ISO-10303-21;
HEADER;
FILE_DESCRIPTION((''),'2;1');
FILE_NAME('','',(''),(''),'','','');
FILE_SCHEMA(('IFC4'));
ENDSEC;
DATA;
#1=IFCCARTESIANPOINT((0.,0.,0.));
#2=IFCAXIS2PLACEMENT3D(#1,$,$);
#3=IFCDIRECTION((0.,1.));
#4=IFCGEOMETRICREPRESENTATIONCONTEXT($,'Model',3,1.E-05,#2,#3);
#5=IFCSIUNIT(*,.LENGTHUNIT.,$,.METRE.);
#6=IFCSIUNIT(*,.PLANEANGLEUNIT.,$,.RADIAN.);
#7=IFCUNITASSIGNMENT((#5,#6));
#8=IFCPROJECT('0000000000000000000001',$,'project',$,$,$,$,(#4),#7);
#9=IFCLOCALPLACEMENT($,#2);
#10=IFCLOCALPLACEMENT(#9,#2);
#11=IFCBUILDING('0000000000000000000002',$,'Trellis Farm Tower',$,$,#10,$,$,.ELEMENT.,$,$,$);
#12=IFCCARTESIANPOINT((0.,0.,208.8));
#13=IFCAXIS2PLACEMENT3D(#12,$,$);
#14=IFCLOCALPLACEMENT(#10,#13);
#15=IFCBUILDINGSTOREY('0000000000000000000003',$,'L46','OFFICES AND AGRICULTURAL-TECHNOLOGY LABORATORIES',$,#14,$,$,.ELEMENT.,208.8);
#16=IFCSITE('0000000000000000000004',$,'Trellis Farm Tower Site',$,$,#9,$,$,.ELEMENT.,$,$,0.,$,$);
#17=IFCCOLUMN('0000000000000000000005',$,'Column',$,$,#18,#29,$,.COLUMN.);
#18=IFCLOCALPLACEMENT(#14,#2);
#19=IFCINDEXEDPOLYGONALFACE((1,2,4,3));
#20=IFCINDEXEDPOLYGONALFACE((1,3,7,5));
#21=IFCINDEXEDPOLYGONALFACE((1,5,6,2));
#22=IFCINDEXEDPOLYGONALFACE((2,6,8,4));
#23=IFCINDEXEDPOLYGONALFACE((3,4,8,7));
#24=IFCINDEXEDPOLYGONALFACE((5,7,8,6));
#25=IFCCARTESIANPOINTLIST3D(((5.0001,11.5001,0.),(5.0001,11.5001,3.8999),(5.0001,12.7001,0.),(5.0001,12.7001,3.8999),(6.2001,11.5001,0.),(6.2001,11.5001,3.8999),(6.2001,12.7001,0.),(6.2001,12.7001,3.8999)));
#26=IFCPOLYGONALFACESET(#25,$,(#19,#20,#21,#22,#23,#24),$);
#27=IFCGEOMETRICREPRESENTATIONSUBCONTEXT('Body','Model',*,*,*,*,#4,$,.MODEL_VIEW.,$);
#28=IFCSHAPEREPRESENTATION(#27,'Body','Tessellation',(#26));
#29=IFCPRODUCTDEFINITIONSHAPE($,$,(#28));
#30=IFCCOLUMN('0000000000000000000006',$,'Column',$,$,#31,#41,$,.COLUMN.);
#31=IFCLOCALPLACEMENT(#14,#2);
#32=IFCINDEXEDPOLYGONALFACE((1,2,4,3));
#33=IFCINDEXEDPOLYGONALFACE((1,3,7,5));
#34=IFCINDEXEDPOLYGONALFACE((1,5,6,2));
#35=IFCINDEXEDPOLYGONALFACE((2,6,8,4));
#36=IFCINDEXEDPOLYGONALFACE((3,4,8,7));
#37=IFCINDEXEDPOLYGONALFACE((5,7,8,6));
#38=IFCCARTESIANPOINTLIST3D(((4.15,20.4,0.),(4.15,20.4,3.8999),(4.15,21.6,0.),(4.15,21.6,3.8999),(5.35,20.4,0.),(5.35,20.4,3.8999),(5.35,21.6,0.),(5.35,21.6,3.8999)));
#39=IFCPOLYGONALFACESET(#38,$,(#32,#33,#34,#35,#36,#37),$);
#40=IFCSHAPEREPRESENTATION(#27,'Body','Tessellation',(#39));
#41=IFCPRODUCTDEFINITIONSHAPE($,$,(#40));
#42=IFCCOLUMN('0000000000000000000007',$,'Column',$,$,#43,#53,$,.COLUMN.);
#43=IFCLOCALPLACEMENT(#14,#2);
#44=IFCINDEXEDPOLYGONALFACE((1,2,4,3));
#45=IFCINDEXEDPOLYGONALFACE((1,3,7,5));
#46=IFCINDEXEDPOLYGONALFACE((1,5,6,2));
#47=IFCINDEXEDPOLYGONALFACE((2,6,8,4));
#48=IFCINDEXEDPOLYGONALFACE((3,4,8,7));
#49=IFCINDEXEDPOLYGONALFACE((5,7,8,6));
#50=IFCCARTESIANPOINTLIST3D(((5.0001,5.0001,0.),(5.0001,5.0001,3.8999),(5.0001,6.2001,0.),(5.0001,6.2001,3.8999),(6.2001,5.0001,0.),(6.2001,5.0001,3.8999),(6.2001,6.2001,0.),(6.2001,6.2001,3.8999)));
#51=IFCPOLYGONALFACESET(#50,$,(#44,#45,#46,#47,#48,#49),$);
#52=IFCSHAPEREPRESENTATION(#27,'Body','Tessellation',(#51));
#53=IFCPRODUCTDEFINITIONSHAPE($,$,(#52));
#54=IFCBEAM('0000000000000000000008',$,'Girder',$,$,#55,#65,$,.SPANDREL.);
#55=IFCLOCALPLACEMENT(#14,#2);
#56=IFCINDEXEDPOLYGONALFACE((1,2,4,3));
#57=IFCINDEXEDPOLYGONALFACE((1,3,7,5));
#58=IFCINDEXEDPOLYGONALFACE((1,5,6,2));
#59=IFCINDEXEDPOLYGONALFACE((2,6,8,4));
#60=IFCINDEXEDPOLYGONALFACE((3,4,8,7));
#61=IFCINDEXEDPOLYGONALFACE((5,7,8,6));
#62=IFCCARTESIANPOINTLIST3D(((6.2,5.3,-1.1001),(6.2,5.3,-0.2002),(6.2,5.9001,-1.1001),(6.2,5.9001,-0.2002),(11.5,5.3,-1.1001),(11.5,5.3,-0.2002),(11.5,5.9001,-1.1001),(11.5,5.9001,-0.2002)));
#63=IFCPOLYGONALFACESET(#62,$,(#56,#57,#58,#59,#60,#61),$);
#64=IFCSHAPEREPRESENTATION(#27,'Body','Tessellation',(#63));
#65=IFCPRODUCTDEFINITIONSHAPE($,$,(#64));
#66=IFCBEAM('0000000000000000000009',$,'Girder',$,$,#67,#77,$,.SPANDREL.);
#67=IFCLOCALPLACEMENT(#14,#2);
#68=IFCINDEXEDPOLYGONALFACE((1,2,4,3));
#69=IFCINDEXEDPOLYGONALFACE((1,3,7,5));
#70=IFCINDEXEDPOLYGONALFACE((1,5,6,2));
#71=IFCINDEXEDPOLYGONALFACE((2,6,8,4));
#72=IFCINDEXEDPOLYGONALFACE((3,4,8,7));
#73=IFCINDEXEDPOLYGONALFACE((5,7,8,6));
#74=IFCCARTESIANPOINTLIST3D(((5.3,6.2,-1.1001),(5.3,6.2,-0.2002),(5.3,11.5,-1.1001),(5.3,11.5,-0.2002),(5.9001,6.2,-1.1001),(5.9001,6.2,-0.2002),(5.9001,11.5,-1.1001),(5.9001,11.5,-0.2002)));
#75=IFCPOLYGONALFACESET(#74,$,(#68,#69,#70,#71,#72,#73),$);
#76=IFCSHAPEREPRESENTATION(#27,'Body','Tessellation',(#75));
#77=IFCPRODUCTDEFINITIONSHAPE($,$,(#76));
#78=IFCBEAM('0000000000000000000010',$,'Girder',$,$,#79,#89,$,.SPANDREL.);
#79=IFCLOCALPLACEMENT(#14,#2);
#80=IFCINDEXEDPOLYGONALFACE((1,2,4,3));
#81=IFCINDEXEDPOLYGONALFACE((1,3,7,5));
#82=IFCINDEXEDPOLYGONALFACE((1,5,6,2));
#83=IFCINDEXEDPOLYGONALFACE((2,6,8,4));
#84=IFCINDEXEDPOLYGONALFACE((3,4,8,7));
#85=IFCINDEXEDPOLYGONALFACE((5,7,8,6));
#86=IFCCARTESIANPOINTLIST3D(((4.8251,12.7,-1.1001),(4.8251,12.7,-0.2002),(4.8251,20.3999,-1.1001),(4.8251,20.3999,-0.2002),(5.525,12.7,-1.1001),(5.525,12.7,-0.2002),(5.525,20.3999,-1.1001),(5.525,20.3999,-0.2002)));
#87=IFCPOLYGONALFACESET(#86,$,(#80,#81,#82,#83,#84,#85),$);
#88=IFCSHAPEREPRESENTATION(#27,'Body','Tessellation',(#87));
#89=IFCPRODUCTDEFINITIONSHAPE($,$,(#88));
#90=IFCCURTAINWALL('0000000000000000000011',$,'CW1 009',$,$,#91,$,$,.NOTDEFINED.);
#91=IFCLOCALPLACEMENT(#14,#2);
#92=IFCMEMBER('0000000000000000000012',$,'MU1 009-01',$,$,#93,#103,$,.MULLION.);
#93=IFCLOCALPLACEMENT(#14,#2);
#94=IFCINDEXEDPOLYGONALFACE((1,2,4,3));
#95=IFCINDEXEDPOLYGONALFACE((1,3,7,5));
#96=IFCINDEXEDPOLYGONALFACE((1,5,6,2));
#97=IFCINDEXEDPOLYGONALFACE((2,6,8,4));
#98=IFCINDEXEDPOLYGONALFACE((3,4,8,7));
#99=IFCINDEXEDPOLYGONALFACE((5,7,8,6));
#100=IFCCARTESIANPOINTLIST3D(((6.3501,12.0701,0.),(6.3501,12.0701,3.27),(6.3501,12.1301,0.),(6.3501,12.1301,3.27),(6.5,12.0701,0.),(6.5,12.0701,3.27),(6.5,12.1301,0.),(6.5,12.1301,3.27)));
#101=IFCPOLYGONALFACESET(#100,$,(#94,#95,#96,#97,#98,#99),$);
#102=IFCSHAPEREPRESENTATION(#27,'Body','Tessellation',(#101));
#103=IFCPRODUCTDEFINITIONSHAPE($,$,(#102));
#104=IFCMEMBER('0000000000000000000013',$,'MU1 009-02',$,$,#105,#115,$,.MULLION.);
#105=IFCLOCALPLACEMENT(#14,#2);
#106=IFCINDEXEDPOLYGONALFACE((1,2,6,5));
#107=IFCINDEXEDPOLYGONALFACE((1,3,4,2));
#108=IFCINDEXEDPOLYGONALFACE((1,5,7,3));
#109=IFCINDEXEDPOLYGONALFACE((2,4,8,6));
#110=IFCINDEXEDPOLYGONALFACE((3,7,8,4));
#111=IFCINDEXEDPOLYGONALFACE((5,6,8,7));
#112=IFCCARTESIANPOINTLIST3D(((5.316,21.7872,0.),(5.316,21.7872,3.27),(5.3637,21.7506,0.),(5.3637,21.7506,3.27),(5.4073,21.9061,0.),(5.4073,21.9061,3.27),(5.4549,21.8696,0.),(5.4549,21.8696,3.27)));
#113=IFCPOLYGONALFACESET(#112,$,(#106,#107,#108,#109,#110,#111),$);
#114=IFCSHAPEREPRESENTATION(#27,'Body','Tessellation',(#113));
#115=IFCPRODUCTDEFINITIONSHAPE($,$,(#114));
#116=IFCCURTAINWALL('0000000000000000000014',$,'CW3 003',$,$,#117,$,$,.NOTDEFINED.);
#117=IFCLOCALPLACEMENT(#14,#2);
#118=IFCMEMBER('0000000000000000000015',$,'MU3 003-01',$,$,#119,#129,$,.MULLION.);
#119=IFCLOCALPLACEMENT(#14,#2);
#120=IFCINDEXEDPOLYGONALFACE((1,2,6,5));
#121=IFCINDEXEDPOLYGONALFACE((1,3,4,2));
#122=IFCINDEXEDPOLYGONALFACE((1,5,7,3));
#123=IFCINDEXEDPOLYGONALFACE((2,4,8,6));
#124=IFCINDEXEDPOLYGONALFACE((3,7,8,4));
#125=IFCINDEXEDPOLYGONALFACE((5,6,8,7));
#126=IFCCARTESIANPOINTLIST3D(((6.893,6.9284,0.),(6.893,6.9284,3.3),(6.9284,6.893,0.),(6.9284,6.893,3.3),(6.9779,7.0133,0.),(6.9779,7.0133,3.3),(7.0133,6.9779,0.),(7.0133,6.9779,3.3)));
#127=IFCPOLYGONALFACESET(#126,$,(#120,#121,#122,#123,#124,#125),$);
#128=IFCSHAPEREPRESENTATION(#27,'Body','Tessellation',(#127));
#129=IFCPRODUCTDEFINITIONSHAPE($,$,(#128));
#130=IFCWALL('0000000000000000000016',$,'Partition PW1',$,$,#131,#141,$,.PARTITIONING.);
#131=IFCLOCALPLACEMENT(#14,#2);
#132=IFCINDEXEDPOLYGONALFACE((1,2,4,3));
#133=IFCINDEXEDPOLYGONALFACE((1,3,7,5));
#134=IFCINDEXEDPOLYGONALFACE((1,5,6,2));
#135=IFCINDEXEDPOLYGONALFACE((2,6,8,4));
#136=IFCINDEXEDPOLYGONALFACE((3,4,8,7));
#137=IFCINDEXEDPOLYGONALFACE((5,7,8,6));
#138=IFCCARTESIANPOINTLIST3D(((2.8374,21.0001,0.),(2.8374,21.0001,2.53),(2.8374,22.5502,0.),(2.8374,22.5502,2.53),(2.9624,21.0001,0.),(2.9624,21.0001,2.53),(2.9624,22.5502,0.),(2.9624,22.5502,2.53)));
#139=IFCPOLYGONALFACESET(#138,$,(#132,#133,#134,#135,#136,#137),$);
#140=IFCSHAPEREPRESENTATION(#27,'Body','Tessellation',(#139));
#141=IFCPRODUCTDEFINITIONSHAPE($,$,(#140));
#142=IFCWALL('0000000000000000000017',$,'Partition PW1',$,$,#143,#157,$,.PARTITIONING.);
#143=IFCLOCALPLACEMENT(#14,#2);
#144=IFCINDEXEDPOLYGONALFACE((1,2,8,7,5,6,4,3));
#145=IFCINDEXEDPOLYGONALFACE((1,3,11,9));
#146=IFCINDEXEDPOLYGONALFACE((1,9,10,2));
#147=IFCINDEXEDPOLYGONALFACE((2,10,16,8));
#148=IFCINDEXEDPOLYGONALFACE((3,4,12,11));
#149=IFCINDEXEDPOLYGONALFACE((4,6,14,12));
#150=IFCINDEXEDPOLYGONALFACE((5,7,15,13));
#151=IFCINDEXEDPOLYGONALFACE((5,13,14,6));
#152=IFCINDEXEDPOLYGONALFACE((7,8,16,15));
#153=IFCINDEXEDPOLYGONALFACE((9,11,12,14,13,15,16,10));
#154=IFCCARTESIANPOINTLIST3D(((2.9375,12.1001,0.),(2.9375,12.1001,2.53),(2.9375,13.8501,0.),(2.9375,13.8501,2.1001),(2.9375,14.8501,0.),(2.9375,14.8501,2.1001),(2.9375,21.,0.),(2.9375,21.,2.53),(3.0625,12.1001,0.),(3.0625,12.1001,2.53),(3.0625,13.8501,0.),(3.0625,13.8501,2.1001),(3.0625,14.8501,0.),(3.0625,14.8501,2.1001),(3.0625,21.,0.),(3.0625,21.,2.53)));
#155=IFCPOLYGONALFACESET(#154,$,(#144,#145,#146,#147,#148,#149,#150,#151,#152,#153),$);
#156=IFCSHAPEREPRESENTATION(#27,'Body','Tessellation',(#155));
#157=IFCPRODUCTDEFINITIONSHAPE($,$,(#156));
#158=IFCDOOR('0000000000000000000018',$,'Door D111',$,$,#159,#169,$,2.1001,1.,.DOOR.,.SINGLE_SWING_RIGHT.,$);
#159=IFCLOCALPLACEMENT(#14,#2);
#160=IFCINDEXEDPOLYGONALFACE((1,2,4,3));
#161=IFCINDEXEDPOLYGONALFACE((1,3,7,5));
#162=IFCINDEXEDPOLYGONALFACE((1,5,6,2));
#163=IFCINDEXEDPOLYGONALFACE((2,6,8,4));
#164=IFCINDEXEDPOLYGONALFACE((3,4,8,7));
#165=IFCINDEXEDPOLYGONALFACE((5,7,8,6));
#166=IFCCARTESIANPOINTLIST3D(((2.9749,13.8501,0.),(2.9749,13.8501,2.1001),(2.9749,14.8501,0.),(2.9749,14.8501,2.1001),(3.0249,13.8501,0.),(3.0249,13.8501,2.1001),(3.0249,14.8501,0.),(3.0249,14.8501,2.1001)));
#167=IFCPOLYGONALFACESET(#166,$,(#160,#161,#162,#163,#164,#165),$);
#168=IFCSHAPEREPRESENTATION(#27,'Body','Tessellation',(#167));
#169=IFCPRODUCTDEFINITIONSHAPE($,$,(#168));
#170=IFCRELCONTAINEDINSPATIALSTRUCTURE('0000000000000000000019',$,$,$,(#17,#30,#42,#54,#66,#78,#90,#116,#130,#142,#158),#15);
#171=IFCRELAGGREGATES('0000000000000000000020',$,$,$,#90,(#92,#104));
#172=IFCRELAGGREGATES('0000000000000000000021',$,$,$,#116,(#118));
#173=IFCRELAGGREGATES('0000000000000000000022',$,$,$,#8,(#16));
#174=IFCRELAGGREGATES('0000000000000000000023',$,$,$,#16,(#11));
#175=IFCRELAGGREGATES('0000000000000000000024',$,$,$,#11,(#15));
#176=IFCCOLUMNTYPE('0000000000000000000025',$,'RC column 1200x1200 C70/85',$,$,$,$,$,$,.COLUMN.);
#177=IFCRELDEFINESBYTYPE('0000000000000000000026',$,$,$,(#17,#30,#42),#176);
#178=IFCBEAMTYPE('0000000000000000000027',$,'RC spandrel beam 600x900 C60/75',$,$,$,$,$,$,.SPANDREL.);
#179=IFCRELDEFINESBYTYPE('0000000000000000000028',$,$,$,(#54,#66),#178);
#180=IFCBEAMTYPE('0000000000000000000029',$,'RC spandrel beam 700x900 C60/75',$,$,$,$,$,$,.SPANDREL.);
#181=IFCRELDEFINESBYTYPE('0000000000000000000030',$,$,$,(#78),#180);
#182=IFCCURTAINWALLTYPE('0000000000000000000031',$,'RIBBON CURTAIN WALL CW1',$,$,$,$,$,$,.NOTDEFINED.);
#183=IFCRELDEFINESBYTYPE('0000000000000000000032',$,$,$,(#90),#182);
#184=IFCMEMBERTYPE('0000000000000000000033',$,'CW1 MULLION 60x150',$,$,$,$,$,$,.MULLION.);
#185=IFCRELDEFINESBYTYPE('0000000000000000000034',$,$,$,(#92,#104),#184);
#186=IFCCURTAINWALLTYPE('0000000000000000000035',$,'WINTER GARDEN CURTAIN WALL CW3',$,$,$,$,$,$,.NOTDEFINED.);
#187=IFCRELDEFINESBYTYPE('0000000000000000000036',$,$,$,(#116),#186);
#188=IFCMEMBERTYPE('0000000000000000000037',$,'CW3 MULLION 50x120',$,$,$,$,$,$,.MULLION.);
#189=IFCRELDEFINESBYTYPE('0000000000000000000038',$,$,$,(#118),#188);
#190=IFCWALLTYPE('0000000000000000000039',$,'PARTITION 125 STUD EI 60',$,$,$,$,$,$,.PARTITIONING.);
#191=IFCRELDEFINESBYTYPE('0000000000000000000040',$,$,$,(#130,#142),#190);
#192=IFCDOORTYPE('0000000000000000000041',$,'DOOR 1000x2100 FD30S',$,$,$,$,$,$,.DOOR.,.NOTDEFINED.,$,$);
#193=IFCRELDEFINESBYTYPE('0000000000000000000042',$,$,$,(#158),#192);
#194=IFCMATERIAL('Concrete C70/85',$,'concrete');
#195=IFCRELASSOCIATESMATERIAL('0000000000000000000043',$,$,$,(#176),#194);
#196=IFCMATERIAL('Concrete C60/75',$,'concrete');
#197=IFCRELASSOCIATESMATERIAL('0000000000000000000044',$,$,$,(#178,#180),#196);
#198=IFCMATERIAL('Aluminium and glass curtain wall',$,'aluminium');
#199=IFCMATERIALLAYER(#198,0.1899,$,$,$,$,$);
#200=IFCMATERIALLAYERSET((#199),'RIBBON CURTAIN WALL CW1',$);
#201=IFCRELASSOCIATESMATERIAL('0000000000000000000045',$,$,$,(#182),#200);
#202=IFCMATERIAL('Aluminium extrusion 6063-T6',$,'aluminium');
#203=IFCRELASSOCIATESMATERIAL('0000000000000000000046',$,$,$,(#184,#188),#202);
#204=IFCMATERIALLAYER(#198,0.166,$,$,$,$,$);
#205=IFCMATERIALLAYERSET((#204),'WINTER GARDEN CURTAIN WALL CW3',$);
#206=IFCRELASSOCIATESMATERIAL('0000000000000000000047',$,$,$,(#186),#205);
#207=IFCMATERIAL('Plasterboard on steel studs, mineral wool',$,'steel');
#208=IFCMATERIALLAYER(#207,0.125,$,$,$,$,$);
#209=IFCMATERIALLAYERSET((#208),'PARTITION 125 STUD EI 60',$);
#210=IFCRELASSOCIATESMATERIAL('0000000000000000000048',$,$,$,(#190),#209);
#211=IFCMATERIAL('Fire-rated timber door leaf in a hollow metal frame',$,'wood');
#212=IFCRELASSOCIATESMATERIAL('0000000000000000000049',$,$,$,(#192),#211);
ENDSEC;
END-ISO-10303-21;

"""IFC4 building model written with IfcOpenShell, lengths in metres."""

from ifc_helpers import new_model, si_unit, direction, frame, frame_2d, origin, origin_2d, place, context, subcontext, project, spatial, rectangle, extrude, source, transform, mapped, material, layer, layer_set, material_profile, profile_set, type_object, element, fill, aggregate, save


model = new_model("IFC4")

# Units and contexts
model_context = context("Model", 3, precision=1e-05, world=origin(), true_north=direction((0.0, 1.0)))
body_context = subcontext(model_context, "Body", "Model", "MODEL_VIEW")
ifc_project = project(units=[si_unit("LENGTHUNIT", "METRE"), si_unit("PLANEANGLEUNIT", "RADIAN")], contexts=[model_context])

# Site, building, storey
site_placement = place(None, origin())
site = spatial("IfcSite", under=ifc_project, at=site_placement, Name="Trellis Farm Tower Site", CompositionType="ELEMENT", RefElevation=0.0)
building_placement = place(site_placement, origin())
building = spatial("IfcBuilding", under=site, at=building_placement, Name="Trellis Farm Tower", CompositionType="ELEMENT")
storey_placement = place(building_placement, frame((0.0, 0.0, 208.8)))
storey = spatial("IfcBuildingStorey", under=building, at=storey_placement, Name="L46", Description="OFFICES AND AGRICULTURAL-TECHNOLOGY LABORATORIES", CompositionType="ELEMENT", Elevation=208.8)

# Columns
ifc_material_1 = material(Name="Concrete C70/85", Category="concrete")
ifc_material_profile_1 = material_profile(ifc_material_1, rectangle(XDim=1.2, YDim=1.2, at=origin_2d()), Name="RC column 1200x1200 C70/85")
ifc_profile_set_1 = profile_set([ifc_material_profile_1], Name="Concrete C70/85")
column_type = type_object("IfcColumnType", Name="RC column 1200x1200 C70/85", PredefinedType="COLUMN", material=ifc_profile_set_1)
shared_shape_1 = source(origin(), body_context, "Body", "SweptSolid", [
    extrude(rectangle(XDim=1.2, YDim=1.2, at=origin_2d()), origin(), (0.0, 0.0, 1.0), 3.8999),
])
for number, where, z_axis, x_axis, name in (
    (1, (5.6001, 12.1001, 0.0), (0.0, 0.0, 1.0), (1.0, 0.0, 0.0), "Column"),
    (2, (4.75, 21.0, 0.0), (0.0, 0.0, 1.0), (1.0, 0.0, 0.0), "Column"),
    (3, (5.6001, 5.6001, 0.0), (0.0, 0.0, 1.0), (1.0, 0.0, 0.0), "Column"),
):
    element("IfcColumn", number, at=place(storey_placement, frame(where, z_axis=z_axis, x_axis=x_axis)), inside=storey, type_object=column_type, Name=name, PredefinedType="COLUMN", context=body_context, shape_type="MappedRepresentation", body=[
        mapped(shared_shape_1, transform((0.0, 0.0, 0.0))),
    ])

# Beams
ifc_material_2 = material(Name="Concrete C60/75", Category="concrete")
ifc_material_profile_2 = material_profile(ifc_material_2, rectangle(XDim=0.6001, YDim=0.8999, at=origin_2d()), Name="RC spandrel beam 600x900 C60/75")
ifc_profile_set_2 = profile_set([ifc_material_profile_2], Name="Concrete C60/75")
beam_type_1 = type_object("IfcBeamType", Name="RC spandrel beam 600x900 C60/75", PredefinedType="SPANDREL", material=ifc_profile_set_2)
shared_shape_2 = source(origin(), body_context, "Body", "SweptSolid", [
    extrude(rectangle(XDim=0.6001, YDim=0.8999, at=origin_2d()), origin(), (0.0, 0.0, 1.0), 5.3),
])
for number, where, z_axis, x_axis, name in (
    (4, (6.2, 5.6001, -0.6501), (1.0, 0.0, 0.0), (0.0, 1.0, 0.0), "Girder"),
    (5, (5.6001, 6.2, -0.6501), (0.0, 1.0, 0.0), (-1.0, 0.0, 0.0), "Girder"),
):
    element("IfcBeam", number, at=place(storey_placement, frame(where, z_axis=z_axis, x_axis=x_axis)), inside=storey, type_object=beam_type_1, Name=name, PredefinedType="SPANDREL", context=body_context, shape_type="MappedRepresentation", body=[
        mapped(shared_shape_2, transform((0.0, 0.0, 0.0))),
    ])
ifc_material_profile_3 = material_profile(ifc_material_2, rectangle(XDim=0.7, YDim=0.8999, at=origin_2d()), Name="RC spandrel beam 700x900 C60/75")
ifc_profile_set_3 = profile_set([ifc_material_profile_3], Name="Concrete C60/75")
beam_type_2 = type_object("IfcBeamType", Name="RC spandrel beam 700x900 C60/75", PredefinedType="SPANDREL", material=ifc_profile_set_3)
shared_shape_3 = source(origin(), body_context, "Body", "SweptSolid", [
    extrude(rectangle(XDim=0.7, YDim=0.8999, at=origin_2d()), origin(), (0.0, 0.0, 1.0), 7.7),
])
beam_placement = place(storey_placement, frame((5.175, 12.7, -0.6501), z_axis=(0.0, 1.0, 0.0), x_axis=(-1.0, 0.0, 0.0)))
element("IfcBeam", 6, at=beam_placement, inside=storey, type_object=beam_type_2, Name="Girder", PredefinedType="SPANDREL", context=body_context, shape_type="MappedRepresentation", body=[
    mapped(shared_shape_3, transform((0.0, 0.0, 0.0))),
])

# Curtain wall, members
ifc_material_3 = material(Name="Aluminium and glass curtain wall", Category="aluminium")
ifc_layer_1 = layer(ifc_material_3, 0.1899)
ifc_layer_set_1 = layer_set([ifc_layer_1], Name="RIBBON CURTAIN WALL CW1")
curtain_wall_type_1 = type_object("IfcCurtainWallType", Name="RIBBON CURTAIN WALL CW1", PredefinedType="NOTDEFINED", material=ifc_layer_set_1)
placement = place(storey_placement, origin())
curtain_wall_1 = element("IfcCurtainWall", 7, at=placement, inside=storey, type_object=curtain_wall_type_1, Name="CW1 009", PredefinedType="NOTDEFINED")
ifc_material_4 = material(Name="Aluminium extrusion 6063-T6", Category="aluminium")
ifc_material_profile_4 = material_profile(ifc_material_4, rectangle(XDim=0.0601, YDim=0.1499, at=origin_2d()), Name="MULLION 60x150")
ifc_profile_set_4 = profile_set([ifc_material_profile_4], Name="Aluminium extrusion 6063-T6")
member_type_1 = type_object("IfcMemberType", Name="CW1 MULLION 60x150", PredefinedType="MULLION", material=ifc_profile_set_4)
shared_shape_4 = source(origin(), body_context, "Body", "SweptSolid", [
    extrude(rectangle(XDim=0.0601, YDim=0.1499, at=origin_2d()), origin(), (0.0, 0.0, 1.0), 3.27),
])
member_1_placement = place(storey_placement, frame((6.425, 12.1001, 0.0), z_axis=(0.0, 0.0, 1.0), x_axis=(0.0, 1.0, 0.0)))
member_1 = element("IfcMember", 8, at=member_1_placement, type_object=member_type_1, Name="MU1 009-01", PredefinedType="MULLION", context=body_context, shape_type="MappedRepresentation", body=[
    mapped(shared_shape_4, transform((0.0, 0.0, 0.0))),
])
member_2_placement = place(storey_placement, frame((5.3855, 21.8284, 0.0), z_axis=(0.0, 0.0, 1.0), x_axis=(-0.793353, 0.608761, 0.0)))
member_2 = element("IfcMember", 9, at=member_2_placement, type_object=member_type_1, Name="MU1 009-02", PredefinedType="MULLION", context=body_context, shape_type="MappedRepresentation", body=[
    mapped(shared_shape_4, transform((0.0, 0.0, 0.0))),
])
aggregate(curtain_wall_1, [member_1, member_2])

# Curtain wall, member
ifc_layer_2 = layer(ifc_material_3, 0.166)
ifc_layer_set_2 = layer_set([ifc_layer_2], Name="WINTER GARDEN CURTAIN WALL CW3")
curtain_wall_type_2 = type_object("IfcCurtainWallType", Name="WINTER GARDEN CURTAIN WALL CW3", PredefinedType="NOTDEFINED", material=ifc_layer_set_2)
curtain_wall_2 = element("IfcCurtainWall", 10, at=placement, inside=storey, type_object=curtain_wall_type_2, Name="CW3 003", PredefinedType="NOTDEFINED")
ifc_material_profile_5 = material_profile(ifc_material_4, rectangle(XDim=0.05, YDim=0.1201, at=origin_2d()), Name="MULLION 50x120")
ifc_profile_set_5 = profile_set([ifc_material_profile_5], Name="Aluminium extrusion 6063-T6")
member_type_2 = type_object("IfcMemberType", Name="CW3 MULLION 50x120", PredefinedType="MULLION", material=ifc_profile_set_5)
shared_shape_5 = source(origin(), body_context, "Body", "SweptSolid", [
    extrude(rectangle(XDim=0.05, YDim=0.1201, at=origin_2d()), origin(), (0.0, 0.0, 1.0), 3.3),
])
member_3_placement = place(storey_placement, frame((6.9531, 6.9531, 0.0), z_axis=(0.0, 0.0, 1.0), x_axis=(-0.707107, 0.707107, 0.0)))
member_3 = element("IfcMember", 11, at=member_3_placement, type_object=member_type_2, Name="MU3 003-01", PredefinedType="MULLION", context=body_context, shape_type="MappedRepresentation", body=[
    mapped(shared_shape_5, transform((0.0, 0.0, 0.0))),
])
aggregate(curtain_wall_2, [member_3])

# Wall
ifc_material_5 = material(Name="Plasterboard on steel studs, mineral wool", Category="steel")
ifc_layer_3 = layer(ifc_material_5, 0.125)
ifc_layer_set_3 = layer_set([ifc_layer_3], Name="PARTITION 125 STUD EI 60")
wall_type_1 = type_object("IfcWallType", Name="PARTITION 125 STUD EI 60", PredefinedType="PARTITIONING", material=ifc_layer_set_3)
wall_1_placement = place(storey_placement, frame((2.8999, 22.55, 0.0), z_axis=(0.0, 0.0, 1.0), x_axis=(0.0, -1.0, 0.0)))
element("IfcWall", 12, at=wall_1_placement, inside=storey, type_object=wall_type_1, Name="Partition PW1", PredefinedType="PARTITIONING", context=body_context, shape_type="SweptSolid", body=[
    extrude(rectangle(XDim=1.55, YDim=0.125, at=frame_2d((0.7749, 0.0))), origin(), (0.0, 0.0, 1.0), 2.53),
])

# Wall, opening, door
wall_2_placement = place(storey_placement, frame((3.0, 21.0, 0.0), z_axis=(0.0, 0.0, 1.0), x_axis=(0.0, -1.0, 0.0)))
wall_2 = element("IfcWall", 13, at=wall_2_placement, inside=storey, type_object=wall_type_1, Name="Partition PW1", PredefinedType="PARTITIONING", context=body_context, shape_type="SweptSolid", body=[
    extrude(rectangle(XDim=8.8999, YDim=0.125, at=frame_2d((4.45, 0.0))), origin(), (0.0, 0.0, 1.0), 2.53),
])
shared_shape_6 = source(origin(), body_context, "Body", "SweptSolid", [
    extrude(rectangle(XDim=1.0, YDim=2.1001, at=frame_2d((0.5, 1.05))), frame((0.0, 0.0725, 0.0), z_axis=(0.0, -1.0, 0.0), x_axis=(1.0, 0.0, 0.0)), (0.0, 0.0, 1.0), 0.145),
])
opening_1_placement = place(wall_2_placement, frame((6.1499, 0.0, 0.0)))
opening_1 = element("IfcOpeningElement", 14, at=opening_1_placement, cuts=wall_2, PredefinedType="OPENING", context=body_context, shape_type="MappedRepresentation", body=[
    mapped(shared_shape_6, transform((0.0, 0.0, 0.0))),
])
ifc_material_6 = material(Name="Fire-rated timber door leaf in a hollow metal frame", Category="wood")
door_type_1 = type_object("IfcDoorType", Name="DOOR 1000x2100 FD30S", OperationType="NOTDEFINED", PredefinedType="DOOR", material=ifc_material_6)
shared_shape_7 = source(origin(), body_context, "Body", "SweptSolid", [
    extrude(rectangle(XDim=1.0, YDim=2.1001, at=frame_2d((0.5, 1.05))), frame((0.0, 0.0249, 0.0), z_axis=(0.0, -1.0, 0.0), x_axis=(1.0, 0.0, 0.0)), (0.0, 0.0, 1.0), 0.05),
])
door_1_placement = place(opening_1_placement, origin())
door_1 = element("IfcDoor", 15, at=door_1_placement, inside=storey, type_object=door_type_1, Name="Door D111", OperationType="SINGLE_SWING_RIGHT", OverallHeight=2.1001, OverallWidth=1.0, PredefinedType="DOOR", context=body_context, shape_type="MappedRepresentation", body=[
    mapped(shared_shape_7, transform((0.0, 0.0, 0.0))),
])
fill(opening_1, door_1)

save(model, "model.ifc")
